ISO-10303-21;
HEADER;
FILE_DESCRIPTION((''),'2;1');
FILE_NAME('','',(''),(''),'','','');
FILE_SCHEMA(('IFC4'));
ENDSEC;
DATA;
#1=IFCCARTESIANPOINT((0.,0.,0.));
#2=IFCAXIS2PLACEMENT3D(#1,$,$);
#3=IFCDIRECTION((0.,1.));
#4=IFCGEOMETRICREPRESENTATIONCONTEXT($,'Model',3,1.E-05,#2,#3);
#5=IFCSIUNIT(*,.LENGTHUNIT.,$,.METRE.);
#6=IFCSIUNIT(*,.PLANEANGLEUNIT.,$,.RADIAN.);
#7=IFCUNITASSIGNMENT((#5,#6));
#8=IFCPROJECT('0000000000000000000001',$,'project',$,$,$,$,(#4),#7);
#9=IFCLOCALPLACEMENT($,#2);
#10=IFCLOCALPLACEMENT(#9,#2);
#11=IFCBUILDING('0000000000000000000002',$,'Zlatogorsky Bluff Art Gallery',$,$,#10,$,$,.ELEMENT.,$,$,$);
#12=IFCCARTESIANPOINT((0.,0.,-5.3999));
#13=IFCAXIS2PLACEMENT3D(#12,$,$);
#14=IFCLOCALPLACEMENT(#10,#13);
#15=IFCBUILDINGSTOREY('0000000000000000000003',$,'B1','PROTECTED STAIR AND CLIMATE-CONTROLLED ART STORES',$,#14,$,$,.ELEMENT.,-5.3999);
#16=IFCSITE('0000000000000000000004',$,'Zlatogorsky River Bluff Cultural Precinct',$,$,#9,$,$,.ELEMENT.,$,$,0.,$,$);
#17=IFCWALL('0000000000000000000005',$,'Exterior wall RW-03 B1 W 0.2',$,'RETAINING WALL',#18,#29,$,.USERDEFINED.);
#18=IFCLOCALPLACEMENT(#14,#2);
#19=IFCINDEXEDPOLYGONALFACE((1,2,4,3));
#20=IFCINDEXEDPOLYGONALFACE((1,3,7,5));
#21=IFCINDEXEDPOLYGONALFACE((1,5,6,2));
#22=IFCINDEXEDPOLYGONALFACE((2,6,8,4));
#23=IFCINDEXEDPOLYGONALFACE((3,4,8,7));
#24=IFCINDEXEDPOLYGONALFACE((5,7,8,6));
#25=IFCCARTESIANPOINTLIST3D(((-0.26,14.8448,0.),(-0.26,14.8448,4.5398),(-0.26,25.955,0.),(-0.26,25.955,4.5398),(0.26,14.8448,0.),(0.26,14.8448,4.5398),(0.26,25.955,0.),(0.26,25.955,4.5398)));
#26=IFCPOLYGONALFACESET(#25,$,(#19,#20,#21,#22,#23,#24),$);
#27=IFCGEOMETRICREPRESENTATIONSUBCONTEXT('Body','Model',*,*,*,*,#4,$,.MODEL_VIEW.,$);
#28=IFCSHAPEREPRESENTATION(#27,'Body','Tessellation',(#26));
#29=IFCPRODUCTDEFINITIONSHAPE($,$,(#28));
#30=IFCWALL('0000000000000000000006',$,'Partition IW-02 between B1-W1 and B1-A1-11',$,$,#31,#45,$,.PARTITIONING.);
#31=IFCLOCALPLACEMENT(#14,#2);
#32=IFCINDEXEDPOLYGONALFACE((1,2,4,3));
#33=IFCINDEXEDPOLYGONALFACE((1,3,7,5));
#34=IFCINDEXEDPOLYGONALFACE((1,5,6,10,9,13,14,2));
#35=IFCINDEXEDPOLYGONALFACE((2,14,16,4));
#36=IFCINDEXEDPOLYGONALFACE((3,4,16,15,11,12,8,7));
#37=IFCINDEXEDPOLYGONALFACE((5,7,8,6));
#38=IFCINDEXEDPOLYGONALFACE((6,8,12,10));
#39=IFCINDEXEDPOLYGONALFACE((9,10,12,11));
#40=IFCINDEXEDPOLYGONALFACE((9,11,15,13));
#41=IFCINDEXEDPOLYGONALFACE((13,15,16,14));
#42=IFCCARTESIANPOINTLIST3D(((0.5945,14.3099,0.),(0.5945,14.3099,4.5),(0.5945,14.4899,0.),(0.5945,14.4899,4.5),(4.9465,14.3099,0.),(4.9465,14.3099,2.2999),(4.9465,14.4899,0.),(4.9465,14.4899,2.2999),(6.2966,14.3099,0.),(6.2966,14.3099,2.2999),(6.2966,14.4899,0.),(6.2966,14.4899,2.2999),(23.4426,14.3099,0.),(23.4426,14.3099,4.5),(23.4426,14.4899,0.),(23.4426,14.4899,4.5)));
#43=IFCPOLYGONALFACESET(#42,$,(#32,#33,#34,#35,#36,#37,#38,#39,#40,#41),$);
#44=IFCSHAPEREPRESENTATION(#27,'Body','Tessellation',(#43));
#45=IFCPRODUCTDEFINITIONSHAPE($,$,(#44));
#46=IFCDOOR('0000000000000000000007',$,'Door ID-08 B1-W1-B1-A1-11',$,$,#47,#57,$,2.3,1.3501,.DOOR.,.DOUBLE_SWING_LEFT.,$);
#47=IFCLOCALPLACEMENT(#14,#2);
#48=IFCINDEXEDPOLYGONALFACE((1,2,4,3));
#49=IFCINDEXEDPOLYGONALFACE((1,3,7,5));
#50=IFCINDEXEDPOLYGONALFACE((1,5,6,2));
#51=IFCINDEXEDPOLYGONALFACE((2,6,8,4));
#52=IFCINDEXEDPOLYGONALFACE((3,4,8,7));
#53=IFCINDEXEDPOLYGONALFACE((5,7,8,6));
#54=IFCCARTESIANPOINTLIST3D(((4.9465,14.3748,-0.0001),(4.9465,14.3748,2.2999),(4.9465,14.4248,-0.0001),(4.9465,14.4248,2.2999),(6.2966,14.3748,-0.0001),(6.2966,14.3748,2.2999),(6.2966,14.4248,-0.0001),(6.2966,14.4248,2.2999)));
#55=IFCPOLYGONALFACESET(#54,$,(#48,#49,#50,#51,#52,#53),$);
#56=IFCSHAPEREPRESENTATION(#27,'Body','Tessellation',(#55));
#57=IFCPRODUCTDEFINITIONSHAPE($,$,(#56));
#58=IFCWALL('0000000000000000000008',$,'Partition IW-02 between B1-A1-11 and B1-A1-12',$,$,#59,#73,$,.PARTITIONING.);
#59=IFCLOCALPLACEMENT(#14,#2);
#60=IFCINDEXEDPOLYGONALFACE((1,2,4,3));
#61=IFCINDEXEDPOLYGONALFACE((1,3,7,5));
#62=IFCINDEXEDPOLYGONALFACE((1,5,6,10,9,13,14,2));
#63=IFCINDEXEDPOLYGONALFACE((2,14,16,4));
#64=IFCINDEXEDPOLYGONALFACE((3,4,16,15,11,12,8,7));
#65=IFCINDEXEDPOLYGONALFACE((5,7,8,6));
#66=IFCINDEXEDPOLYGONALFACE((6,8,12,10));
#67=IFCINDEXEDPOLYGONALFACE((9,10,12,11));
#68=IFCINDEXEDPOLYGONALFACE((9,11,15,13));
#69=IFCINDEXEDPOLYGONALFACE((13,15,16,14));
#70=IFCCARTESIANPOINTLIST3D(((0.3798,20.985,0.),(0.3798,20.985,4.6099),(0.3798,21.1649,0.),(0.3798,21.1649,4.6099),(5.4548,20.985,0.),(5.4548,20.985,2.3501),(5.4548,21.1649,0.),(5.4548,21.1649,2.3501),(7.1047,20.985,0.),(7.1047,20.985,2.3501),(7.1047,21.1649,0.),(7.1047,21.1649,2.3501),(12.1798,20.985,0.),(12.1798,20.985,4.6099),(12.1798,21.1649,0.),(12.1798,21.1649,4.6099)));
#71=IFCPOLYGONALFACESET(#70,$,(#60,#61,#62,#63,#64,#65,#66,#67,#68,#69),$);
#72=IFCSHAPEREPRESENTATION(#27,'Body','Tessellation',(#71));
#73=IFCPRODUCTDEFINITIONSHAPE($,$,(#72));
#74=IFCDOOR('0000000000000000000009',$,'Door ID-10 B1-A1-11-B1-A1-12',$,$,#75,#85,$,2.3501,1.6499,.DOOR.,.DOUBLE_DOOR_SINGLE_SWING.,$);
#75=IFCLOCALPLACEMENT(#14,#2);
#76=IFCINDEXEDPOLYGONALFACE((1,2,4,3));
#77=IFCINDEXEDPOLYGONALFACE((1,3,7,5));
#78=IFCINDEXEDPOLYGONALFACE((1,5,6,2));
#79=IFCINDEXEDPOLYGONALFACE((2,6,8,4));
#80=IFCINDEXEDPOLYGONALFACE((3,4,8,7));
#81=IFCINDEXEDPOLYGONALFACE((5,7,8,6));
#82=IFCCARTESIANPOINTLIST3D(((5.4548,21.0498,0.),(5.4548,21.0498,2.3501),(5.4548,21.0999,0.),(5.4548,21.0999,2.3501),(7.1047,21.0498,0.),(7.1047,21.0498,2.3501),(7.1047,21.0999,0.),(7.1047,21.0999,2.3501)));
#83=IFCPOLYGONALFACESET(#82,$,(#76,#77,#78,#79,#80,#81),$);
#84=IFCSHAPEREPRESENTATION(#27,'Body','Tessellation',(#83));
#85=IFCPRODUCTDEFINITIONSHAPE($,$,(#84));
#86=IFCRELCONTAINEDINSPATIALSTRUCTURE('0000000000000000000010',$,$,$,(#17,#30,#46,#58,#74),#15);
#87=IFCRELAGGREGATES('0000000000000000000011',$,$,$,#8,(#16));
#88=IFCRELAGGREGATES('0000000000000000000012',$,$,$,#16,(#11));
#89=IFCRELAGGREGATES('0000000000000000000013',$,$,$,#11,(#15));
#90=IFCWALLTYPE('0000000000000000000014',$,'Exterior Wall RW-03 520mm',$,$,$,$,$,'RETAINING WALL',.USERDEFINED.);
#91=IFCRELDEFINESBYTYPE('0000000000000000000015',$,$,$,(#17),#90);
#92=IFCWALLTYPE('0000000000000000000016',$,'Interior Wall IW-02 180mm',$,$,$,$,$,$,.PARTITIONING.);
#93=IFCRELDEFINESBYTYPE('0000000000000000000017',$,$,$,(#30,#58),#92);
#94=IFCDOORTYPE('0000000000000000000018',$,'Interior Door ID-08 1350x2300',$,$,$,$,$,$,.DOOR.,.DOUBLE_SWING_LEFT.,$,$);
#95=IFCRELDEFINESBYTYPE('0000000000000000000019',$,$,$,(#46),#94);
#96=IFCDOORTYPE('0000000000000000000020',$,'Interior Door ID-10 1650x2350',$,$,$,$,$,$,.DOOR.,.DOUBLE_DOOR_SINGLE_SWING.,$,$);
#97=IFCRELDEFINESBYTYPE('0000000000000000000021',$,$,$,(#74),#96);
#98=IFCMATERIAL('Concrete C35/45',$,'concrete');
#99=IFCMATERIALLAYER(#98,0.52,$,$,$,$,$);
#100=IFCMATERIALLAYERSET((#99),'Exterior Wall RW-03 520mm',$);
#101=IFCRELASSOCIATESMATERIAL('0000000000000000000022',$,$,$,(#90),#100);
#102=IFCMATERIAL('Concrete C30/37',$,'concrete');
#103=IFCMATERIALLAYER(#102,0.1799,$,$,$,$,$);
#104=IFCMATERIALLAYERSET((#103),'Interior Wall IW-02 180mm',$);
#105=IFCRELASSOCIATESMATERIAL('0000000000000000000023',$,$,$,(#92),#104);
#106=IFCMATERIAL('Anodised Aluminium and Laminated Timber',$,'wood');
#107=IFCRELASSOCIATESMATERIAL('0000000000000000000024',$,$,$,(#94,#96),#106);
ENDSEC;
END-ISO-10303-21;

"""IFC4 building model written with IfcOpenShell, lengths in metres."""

from ifc_helpers import new_model, si_unit, direction, frame, frame_2d, origin, place, context, subcontext, project, spatial, rectangle, extrude, material, layer, layer_set, type_object, element, fill, save


model = new_model("IFC4")

# Units and contexts
model_context = context("Model", 3, precision=1e-05, world=origin(), true_north=direction((0.0, 1.0)))
body_context = subcontext(model_context, "Body", "Model", "MODEL_VIEW")
ifc_project = project(units=[si_unit("LENGTHUNIT", "METRE"), si_unit("PLANEANGLEUNIT", "RADIAN")], contexts=[model_context])

# Site, building, storey
site_placement = place(None, origin())
site = spatial("IfcSite", under=ifc_project, at=site_placement, Name="Zlatogorsky River Bluff Cultural Precinct", CompositionType="ELEMENT", RefElevation=0.0)
building_placement = place(site_placement, origin())
building = spatial("IfcBuilding", under=site, at=building_placement, Name="Zlatogorsky Bluff Art Gallery", CompositionType="ELEMENT")
storey_placement = place(building_placement, frame((0.0, 0.0, -5.3999)))
storey = spatial("IfcBuildingStorey", under=building, at=storey_placement, Name="B1", Description="PROTECTED STAIR AND CLIMATE-CONTROLLED ART STORES", CompositionType="ELEMENT", Elevation=-5.3999)

# Shared definitions
ifc_material_1 = material(Name="Concrete C35/45", Category="concrete")

# Wall
ifc_layer_1 = layer(ifc_material_1, 0.52)
ifc_layer_set_1 = layer_set([ifc_layer_1], Name="Exterior Wall RW-03 520mm")
wall_type_1 = type_object("IfcWallType", Name="Exterior Wall RW-03 520mm", ElementType="RETAINING WALL", PredefinedType="USERDEFINED", material=ifc_layer_set_1)
wall_1_placement = place(storey_placement, frame((0.0, 25.9551, 0.0), z_axis=(0.0, 0.0, 1.0), x_axis=(0.0, -1.0, 0.0)))
element("IfcWall", 1, at=wall_1_placement, inside=storey, type_object=wall_type_1, Name="Exterior wall RW-03 B1 W 0.2", ObjectType="RETAINING WALL", PredefinedType="USERDEFINED", context=body_context, shape_type="SweptSolid", body=[
    extrude(rectangle(XDim=11.1101, YDim=0.52, at=frame_2d((5.5552, 0.0))), origin(), (0.0, 0.0, 1.0), 4.5398),
])

# Walls, openings, doors
ifc_material_2 = material(Name="Concrete C30/37", Category="concrete")
ifc_layer_2 = layer(ifc_material_2, 0.1799)
ifc_layer_set_2 = layer_set([ifc_layer_2], Name="Interior Wall IW-02 180mm")
wall_type_2 = type_object("IfcWallType", Name="Interior Wall IW-02 180mm", PredefinedType="PARTITIONING", material=ifc_layer_set_2)
wall_2_placement = place(storey_placement, frame((0.5945, 14.3999, 0.0), z_axis=(0.0, 0.0, 1.0), x_axis=(1.0, 0.0, 0.0)))
wall_2 = element("IfcWall", 2, at=wall_2_placement, inside=storey, type_object=wall_type_2, Name="Partition IW-02 between B1-W1 and B1-A1-11", PredefinedType="PARTITIONING", context=body_context, shape_type="SweptSolid", body=[
    extrude(rectangle(XDim=22.8481, YDim=0.1799, at=frame_2d((11.4241, 0.0))), origin(), (0.0, 0.0, 1.0), 4.5),
])
opening_1_placement = place(wall_2_placement, frame((4.3521, 0.0, 0.0)))
opening_1 = element("IfcOpeningElement", 3, at=opening_1_placement, cuts=wall_2, PredefinedType="OPENING", context=body_context, shape_type="SweptSolid", body=[
    extrude(rectangle(XDim=1.3501, YDim=2.3, at=frame_2d((0.675, 1.1499))), frame((0.0, 0.0999, 0.0), z_axis=(0.0, -1.0, 0.0), x_axis=(1.0, 0.0, 0.0)), (0.0, 0.0, 1.0), 0.2),
])
ifc_material_3 = material(Name="Anodised Aluminium and Laminated Timber", Category="wood")
door_type_1 = type_object("IfcDoorType", Name="Interior Door ID-08 1350x2300", OperationType="DOUBLE_SWING_LEFT", PredefinedType="DOOR", material=ifc_material_3)
door_1_placement = place(opening_1_placement, origin())
door_1 = element("IfcDoor", 4, at=door_1_placement, inside=storey, type_object=door_type_1, Name="Door ID-08 B1-W1-B1-A1-11", OperationType="DOUBLE_SWING_LEFT", OverallHeight=2.3, OverallWidth=1.3501, PredefinedType="DOOR", context=body_context, shape_type="SweptSolid", body=[
    extrude(rectangle(XDim=1.3501, YDim=2.3, at=frame_2d((0.675, 1.1499))), frame((0.0, 0.0249, 0.0), z_axis=(0.0, -1.0, 0.0), x_axis=(1.0, 0.0, 0.0)), (0.0, 0.0, 1.0), 0.05),
])
fill(opening_1, door_1)
wall_3_placement = place(storey_placement, frame((0.3799, 21.075, 0.0), z_axis=(0.0, 0.0, 1.0), x_axis=(1.0, 0.0, 0.0)))
wall_3 = element("IfcWall", 5, at=wall_3_placement, inside=storey, type_object=wall_type_2, Name="Partition IW-02 between B1-A1-11 and B1-A1-12", PredefinedType="PARTITIONING", context=body_context, shape_type="SweptSolid", body=[
    extrude(rectangle(XDim=11.8, YDim=0.1799, at=frame_2d((5.8999, 0.0))), origin(), (0.0, 0.0, 1.0), 4.6099),
])
opening_2_placement = place(wall_3_placement, frame((5.075, 0.0, 0.0)))
opening_2 = element("IfcOpeningElement", 6, at=opening_2_placement, cuts=wall_3, PredefinedType="OPENING", context=body_context, shape_type="SweptSolid", body=[
    extrude(rectangle(XDim=1.6499, YDim=2.3501, at=frame_2d((0.825, 1.175))), frame((0.0, 0.0999, 0.0), z_axis=(0.0, -1.0, 0.0), x_axis=(1.0, 0.0, 0.0)), (0.0, 0.0, 1.0), 0.2),
])
door_type_2 = type_object("IfcDoorType", Name="Interior Door ID-10 1650x2350", OperationType="DOUBLE_DOOR_SINGLE_SWING", PredefinedType="DOOR", material=ifc_material_3)
door_2_placement = place(opening_2_placement, origin())
door_2 = element("IfcDoor", 7, at=door_2_placement, inside=storey, type_object=door_type_2, Name="Door ID-10 B1-A1-11-B1-A1-12", OperationType="DOUBLE_DOOR_SINGLE_SWING", OverallHeight=2.3501, OverallWidth=1.6499, PredefinedType="DOOR", context=body_context, shape_type="SweptSolid", body=[
    extrude(rectangle(XDim=1.6499, YDim=2.3501, at=frame_2d((0.825, 1.175))), frame((0.0, 0.0249, 0.0), z_axis=(0.0, -1.0, 0.0), x_axis=(1.0, 0.0, 0.0)), (0.0, 0.0, 1.0), 0.05),
])
fill(opening_2, door_2)

save(model, "model.ifc")
